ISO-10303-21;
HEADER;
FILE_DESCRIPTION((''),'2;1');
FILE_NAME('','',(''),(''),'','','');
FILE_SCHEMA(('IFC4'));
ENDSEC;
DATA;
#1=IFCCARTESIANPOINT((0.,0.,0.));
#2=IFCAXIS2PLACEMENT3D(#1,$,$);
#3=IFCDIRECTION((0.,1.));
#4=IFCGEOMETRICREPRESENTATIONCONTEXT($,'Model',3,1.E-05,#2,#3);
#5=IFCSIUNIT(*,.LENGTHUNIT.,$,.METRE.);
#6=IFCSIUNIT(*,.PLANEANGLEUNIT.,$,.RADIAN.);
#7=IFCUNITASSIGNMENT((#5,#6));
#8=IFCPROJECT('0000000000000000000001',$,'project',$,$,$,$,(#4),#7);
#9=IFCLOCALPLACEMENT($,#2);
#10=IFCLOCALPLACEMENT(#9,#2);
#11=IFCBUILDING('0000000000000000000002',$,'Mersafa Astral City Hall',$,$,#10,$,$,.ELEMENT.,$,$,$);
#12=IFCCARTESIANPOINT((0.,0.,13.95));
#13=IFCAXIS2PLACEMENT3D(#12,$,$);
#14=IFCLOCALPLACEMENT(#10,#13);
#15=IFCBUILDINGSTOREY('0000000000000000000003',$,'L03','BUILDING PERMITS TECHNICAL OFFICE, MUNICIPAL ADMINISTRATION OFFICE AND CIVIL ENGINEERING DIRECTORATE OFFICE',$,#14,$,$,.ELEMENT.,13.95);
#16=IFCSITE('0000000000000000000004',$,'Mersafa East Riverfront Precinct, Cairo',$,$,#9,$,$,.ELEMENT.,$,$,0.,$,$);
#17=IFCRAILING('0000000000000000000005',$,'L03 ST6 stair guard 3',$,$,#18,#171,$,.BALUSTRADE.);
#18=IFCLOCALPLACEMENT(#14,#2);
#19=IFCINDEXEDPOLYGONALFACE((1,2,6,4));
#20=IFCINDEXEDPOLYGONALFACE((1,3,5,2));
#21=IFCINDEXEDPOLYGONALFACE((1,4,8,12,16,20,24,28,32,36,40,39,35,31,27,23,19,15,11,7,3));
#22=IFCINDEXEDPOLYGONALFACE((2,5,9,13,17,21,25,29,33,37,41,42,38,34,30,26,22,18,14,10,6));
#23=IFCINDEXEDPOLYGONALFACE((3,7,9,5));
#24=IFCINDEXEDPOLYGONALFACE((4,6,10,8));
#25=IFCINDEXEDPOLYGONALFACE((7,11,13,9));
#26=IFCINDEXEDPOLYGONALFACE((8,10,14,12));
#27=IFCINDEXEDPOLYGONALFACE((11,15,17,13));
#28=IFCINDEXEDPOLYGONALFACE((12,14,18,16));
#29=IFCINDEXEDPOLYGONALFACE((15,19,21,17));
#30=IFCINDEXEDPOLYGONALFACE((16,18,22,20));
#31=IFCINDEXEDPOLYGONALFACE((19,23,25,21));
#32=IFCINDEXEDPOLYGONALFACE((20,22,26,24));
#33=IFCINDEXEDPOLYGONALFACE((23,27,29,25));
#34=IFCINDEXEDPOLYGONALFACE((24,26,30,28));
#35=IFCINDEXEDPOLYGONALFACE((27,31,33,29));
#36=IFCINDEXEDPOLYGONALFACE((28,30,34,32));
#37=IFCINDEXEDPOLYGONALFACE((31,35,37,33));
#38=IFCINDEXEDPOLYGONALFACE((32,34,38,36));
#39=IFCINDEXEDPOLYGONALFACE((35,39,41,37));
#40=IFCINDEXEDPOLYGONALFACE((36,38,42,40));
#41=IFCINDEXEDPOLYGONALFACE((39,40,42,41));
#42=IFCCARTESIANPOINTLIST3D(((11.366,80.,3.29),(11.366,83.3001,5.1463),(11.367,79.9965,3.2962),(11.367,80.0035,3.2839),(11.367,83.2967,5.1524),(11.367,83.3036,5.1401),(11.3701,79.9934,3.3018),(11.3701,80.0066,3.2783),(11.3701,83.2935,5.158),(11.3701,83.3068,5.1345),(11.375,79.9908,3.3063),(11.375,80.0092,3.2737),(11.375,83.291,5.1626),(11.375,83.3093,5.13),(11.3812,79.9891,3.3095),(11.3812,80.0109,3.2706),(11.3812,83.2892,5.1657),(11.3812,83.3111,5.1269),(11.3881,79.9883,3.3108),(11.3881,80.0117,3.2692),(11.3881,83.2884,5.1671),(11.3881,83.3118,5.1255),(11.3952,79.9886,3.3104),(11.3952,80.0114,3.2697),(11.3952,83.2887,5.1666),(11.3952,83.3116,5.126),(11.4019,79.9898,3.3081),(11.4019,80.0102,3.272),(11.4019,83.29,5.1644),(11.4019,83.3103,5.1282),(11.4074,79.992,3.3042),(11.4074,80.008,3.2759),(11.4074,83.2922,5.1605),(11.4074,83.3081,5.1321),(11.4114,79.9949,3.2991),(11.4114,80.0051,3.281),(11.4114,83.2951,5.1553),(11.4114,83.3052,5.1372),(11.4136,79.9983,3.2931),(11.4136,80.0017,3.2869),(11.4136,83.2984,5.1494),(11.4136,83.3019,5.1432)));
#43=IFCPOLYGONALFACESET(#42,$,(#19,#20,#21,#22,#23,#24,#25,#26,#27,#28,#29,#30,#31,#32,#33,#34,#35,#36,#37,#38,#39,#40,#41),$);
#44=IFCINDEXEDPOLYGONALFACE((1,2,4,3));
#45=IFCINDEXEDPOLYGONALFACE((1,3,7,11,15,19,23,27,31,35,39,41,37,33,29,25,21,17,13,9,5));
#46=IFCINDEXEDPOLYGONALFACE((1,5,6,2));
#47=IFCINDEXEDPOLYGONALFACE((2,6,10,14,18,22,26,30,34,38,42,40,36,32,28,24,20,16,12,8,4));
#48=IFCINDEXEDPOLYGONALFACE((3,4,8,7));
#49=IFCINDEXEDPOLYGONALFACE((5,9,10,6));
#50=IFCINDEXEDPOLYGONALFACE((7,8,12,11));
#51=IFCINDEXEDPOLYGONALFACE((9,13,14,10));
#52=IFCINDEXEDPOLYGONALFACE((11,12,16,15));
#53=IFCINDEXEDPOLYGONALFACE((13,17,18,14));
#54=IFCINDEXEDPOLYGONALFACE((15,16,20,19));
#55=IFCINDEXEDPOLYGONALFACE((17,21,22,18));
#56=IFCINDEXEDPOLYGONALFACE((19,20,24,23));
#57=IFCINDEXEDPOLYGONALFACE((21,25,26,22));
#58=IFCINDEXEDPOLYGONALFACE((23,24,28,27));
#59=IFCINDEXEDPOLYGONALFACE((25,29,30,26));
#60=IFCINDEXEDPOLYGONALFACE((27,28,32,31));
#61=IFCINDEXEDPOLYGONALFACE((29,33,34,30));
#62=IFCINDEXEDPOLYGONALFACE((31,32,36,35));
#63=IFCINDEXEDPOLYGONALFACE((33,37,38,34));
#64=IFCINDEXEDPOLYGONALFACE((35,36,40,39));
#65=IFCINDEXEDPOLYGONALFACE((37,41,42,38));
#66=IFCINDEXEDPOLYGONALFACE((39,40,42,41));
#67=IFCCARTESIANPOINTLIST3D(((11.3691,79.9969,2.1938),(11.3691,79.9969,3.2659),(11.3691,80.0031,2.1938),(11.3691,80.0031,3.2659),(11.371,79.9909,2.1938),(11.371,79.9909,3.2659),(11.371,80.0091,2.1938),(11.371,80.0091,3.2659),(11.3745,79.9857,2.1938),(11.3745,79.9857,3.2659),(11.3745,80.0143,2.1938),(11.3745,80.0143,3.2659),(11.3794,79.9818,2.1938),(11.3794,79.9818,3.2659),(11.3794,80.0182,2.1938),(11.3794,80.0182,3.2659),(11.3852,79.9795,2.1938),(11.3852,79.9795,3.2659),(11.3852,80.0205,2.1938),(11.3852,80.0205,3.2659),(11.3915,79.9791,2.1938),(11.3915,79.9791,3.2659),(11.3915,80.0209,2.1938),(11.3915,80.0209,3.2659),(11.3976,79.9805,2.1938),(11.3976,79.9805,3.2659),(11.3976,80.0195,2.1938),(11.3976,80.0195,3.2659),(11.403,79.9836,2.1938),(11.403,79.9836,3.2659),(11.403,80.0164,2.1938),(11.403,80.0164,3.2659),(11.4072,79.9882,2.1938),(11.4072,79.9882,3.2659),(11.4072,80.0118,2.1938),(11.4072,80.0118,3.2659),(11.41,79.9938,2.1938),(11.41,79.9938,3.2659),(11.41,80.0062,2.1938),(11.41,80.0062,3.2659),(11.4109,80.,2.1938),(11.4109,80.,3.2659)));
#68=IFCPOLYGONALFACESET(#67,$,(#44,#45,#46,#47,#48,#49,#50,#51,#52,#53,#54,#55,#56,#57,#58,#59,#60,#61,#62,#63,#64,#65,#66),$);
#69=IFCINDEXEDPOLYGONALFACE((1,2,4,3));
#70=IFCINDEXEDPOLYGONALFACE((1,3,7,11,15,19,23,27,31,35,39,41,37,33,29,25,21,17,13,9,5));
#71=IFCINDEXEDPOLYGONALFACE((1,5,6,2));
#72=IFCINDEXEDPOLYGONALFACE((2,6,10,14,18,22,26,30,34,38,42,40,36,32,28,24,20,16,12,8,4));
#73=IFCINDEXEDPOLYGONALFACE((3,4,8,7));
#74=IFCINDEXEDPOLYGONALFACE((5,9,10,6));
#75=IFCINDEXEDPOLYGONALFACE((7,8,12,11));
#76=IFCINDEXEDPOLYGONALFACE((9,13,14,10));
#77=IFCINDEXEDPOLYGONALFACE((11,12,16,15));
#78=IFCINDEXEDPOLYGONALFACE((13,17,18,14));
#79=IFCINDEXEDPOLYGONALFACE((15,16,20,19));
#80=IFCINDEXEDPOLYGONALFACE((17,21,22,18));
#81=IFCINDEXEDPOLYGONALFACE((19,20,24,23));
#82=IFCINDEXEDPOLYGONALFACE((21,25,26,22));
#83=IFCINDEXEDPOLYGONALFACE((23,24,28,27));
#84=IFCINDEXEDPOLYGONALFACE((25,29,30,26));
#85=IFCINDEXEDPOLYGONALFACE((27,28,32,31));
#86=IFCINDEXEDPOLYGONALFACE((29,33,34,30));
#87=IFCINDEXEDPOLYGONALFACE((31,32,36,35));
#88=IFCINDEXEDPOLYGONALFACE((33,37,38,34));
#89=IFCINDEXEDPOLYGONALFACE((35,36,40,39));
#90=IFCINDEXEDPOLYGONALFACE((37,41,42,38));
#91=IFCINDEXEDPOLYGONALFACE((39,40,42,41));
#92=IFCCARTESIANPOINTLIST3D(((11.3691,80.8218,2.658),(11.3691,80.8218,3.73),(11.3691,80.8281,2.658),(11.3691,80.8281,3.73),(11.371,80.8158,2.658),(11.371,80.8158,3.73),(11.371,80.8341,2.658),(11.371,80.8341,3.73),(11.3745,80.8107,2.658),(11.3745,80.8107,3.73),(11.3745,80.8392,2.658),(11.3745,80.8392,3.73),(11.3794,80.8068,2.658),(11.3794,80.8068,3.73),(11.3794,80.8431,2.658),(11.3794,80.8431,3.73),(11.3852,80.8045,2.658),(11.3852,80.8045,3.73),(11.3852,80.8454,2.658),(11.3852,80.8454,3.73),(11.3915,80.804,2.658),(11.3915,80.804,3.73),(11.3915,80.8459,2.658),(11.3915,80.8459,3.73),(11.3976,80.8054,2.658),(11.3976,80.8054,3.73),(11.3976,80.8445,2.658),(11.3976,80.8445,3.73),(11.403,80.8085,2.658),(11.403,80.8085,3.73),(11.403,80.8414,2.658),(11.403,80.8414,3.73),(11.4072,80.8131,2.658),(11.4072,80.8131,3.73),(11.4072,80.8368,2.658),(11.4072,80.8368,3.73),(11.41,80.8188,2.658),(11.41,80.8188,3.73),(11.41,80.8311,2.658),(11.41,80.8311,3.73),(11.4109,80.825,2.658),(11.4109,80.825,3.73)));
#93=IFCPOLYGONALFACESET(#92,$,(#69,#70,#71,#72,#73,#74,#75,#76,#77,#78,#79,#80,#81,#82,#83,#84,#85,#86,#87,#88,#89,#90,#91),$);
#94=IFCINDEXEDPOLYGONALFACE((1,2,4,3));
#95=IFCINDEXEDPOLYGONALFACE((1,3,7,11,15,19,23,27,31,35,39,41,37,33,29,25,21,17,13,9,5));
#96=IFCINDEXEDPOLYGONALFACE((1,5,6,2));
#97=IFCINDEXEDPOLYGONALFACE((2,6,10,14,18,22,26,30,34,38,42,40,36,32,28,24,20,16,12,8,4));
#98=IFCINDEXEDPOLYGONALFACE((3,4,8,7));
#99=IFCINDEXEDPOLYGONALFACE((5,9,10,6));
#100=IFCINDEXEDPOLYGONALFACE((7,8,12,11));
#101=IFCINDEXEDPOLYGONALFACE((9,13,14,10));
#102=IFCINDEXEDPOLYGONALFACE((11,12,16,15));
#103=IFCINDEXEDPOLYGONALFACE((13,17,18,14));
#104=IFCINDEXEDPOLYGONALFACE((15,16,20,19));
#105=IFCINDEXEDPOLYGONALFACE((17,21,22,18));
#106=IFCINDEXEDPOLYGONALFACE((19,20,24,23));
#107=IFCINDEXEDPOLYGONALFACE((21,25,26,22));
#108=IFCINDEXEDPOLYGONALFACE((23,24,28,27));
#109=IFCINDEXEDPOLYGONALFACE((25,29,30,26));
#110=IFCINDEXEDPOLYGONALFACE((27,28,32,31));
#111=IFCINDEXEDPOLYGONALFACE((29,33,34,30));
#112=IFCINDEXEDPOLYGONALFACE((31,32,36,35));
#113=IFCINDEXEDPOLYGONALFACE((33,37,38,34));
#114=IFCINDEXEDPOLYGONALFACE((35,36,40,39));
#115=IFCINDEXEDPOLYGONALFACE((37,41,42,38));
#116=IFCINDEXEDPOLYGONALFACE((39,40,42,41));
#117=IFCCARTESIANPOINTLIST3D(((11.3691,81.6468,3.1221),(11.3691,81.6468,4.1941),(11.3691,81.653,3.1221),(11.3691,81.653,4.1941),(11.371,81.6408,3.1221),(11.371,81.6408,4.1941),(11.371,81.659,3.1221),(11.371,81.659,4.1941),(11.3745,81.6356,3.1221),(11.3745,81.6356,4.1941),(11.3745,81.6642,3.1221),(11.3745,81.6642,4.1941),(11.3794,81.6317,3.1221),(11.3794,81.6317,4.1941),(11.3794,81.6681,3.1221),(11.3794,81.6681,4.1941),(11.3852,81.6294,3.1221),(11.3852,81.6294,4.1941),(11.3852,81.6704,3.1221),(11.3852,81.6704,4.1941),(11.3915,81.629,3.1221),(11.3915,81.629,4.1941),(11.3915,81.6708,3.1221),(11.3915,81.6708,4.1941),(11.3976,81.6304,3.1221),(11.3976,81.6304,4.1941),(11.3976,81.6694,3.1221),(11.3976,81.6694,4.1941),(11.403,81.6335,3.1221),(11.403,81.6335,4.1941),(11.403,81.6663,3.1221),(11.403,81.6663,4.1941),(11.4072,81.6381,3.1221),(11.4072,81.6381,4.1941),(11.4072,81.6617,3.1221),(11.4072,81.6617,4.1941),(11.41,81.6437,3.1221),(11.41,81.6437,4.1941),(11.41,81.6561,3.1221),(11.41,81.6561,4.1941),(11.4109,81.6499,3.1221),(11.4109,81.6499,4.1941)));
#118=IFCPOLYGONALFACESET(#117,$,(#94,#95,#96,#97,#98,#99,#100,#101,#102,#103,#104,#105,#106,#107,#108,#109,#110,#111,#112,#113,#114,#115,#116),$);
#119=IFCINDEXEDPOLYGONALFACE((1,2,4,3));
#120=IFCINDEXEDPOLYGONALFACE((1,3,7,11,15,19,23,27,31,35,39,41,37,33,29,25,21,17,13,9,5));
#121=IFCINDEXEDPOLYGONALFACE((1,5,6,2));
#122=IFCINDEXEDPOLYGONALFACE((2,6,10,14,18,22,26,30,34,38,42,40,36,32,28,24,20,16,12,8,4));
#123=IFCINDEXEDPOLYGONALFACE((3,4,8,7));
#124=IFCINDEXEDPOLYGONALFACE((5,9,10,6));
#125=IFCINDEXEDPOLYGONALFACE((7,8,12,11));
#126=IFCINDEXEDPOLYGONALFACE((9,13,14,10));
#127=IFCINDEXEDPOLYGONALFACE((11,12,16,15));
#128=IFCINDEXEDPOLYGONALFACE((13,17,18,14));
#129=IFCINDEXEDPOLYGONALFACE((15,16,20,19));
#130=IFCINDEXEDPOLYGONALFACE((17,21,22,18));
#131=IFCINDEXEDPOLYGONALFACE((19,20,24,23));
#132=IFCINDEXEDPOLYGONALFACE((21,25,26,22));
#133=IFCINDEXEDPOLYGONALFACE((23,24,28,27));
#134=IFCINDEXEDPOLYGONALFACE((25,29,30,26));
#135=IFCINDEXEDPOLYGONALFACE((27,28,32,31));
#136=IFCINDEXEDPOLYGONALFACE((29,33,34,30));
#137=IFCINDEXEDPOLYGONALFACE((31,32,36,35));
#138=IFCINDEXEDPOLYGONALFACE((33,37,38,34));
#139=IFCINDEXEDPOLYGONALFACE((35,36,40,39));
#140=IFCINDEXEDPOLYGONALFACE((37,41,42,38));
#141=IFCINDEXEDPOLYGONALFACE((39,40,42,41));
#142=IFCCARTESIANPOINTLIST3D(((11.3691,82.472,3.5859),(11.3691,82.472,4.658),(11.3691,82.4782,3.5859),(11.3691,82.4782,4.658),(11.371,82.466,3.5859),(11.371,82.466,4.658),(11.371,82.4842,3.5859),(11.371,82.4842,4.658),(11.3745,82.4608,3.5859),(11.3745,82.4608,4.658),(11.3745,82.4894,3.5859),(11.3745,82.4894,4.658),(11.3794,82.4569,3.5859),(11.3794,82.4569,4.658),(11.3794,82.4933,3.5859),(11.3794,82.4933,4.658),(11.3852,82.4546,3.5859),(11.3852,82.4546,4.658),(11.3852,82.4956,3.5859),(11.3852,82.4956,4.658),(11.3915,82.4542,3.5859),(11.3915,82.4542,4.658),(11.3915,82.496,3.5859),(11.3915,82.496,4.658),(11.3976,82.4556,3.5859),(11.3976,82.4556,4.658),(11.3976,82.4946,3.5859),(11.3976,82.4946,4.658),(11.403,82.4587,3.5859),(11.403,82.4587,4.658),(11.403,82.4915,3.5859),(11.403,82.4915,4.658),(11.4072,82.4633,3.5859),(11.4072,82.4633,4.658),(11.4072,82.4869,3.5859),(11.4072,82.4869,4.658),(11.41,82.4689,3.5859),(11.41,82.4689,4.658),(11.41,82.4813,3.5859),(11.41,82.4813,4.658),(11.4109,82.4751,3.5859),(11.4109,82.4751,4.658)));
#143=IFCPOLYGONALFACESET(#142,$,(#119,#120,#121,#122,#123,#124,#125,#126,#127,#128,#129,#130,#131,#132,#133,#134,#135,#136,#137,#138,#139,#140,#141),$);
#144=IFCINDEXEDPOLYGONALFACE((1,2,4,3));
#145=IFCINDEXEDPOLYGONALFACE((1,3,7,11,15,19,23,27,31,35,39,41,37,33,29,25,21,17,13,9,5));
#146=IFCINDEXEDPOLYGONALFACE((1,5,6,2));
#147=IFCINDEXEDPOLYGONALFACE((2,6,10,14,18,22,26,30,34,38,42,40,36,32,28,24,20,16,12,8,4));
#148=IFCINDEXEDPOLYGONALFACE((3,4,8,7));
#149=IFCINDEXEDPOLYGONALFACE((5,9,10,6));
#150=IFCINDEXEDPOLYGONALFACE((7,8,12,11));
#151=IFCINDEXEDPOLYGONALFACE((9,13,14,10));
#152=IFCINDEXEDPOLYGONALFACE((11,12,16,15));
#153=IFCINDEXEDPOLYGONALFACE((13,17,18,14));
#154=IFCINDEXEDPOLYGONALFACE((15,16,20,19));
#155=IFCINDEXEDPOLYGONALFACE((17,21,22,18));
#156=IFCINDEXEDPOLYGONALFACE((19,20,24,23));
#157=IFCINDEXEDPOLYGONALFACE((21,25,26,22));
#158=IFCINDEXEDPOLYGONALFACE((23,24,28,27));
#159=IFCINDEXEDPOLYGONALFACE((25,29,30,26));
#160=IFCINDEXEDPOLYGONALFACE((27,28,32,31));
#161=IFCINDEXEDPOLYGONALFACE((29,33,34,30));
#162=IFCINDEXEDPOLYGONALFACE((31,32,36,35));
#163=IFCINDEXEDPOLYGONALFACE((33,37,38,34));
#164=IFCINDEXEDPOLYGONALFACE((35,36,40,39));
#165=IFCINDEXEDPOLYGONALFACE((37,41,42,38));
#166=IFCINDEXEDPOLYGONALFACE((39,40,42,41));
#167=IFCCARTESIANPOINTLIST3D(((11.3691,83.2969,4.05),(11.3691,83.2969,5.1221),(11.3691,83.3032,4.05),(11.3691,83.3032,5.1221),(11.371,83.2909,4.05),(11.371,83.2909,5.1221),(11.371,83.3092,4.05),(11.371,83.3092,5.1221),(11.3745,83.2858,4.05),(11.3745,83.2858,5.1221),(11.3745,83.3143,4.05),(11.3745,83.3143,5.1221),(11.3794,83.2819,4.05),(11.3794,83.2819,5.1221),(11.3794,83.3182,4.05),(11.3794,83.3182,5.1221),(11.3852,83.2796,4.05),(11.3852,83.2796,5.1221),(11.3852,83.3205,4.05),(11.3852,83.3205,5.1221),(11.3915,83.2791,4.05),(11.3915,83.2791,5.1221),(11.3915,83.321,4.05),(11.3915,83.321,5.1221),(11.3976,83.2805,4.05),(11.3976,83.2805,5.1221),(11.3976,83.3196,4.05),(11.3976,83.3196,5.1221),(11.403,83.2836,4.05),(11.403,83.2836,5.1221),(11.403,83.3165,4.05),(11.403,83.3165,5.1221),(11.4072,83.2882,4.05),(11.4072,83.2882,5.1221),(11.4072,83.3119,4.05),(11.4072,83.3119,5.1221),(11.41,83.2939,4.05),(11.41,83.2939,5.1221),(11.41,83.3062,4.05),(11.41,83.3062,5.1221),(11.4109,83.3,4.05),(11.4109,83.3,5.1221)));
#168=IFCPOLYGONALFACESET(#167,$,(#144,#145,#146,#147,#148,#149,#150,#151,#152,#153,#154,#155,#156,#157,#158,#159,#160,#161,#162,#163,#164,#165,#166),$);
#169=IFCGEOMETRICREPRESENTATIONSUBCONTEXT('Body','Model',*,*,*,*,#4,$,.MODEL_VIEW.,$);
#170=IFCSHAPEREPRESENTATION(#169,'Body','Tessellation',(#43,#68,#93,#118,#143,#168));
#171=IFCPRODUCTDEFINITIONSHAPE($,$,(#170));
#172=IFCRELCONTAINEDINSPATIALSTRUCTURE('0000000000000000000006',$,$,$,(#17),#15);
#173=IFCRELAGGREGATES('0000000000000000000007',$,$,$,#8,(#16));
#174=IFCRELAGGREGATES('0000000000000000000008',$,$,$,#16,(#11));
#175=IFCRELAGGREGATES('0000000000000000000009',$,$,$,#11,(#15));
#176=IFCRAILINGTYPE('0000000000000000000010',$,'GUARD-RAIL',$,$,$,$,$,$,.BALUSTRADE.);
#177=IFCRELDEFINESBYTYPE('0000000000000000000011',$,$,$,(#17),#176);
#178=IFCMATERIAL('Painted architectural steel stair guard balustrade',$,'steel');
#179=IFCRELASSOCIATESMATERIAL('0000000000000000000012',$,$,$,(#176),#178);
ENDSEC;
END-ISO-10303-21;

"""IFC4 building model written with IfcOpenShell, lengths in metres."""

from ifc_helpers import new_model, si_unit, direction, frame, origin, origin_2d, place, context, subcontext, project, spatial, circle, extrude, material, type_object, element, save


model = new_model("IFC4")

# Units and contexts
model_context = context("Model", 3, precision=1e-05, world=origin(), true_north=direction((0.0, 1.0)))
body_context = subcontext(model_context, "Body", "Model", "MODEL_VIEW")
ifc_project = project(units=[si_unit("LENGTHUNIT", "METRE"), si_unit("PLANEANGLEUNIT", "RADIAN")], contexts=[model_context])

# Site, building, storey
site_placement = place(None, origin())
site = spatial("IfcSite", under=ifc_project, at=site_placement, Name="Mersafa East Riverfront Precinct, Cairo", CompositionType="ELEMENT", RefElevation=0.0)
building_placement = place(site_placement, origin())
building = spatial("IfcBuilding", under=site, at=building_placement, Name="Mersafa Astral City Hall", CompositionType="ELEMENT")
storey_placement = place(building_placement, frame((0.0, 0.0, 13.95)))
storey = spatial("IfcBuildingStorey", under=building, at=storey_placement, Name="L03", Description="BUILDING PERMITS TECHNICAL OFFICE, MUNICIPAL ADMINISTRATION OFFICE AND CIVIL ENGINEERING DIRECTORATE OFFICE", CompositionType="ELEMENT", Elevation=13.95)

# Railing
ifc_material_1 = material(Name="Painted architectural steel stair guard balustrade", Category="steel")
railing_type_1 = type_object("IfcRailingType", Name="GUARD-RAIL", PredefinedType="BALUSTRADE", material=ifc_material_1)
railing_1_placement = place(storey_placement, frame((11.3899, 80.0, 2.1938)))
element("IfcRailing", 1, at=railing_1_placement, inside=storey, type_object=railing_type_1, Name="L03 ST6 stair guard 3", PredefinedType="BALUSTRADE", context=body_context, shape_type="SweptSolid", body=[
    extrude(circle(Radius=0.0239, at=origin_2d()), frame((0.0, 0.0, 1.0962), z_axis=(0.0, 0.871584, 0.490246), x_axis=(-1.0, 0.0, 0.0)), (0.0, 0.0, 1.0), 3.7864),
    extrude(circle(Radius=0.021, at=origin_2d()), origin(), (0.0, 0.0, 1.0), 1.072),
    extrude(circle(Radius=0.021, at=origin_2d()), frame((0.0, 0.825, 0.4641)), (0.0, 0.0, 1.0), 1.072),
    extrude(circle(Radius=0.021, at=origin_2d()), frame((0.0, 1.6499, 0.9282)), (0.0, 0.0, 1.0), 1.072),
    extrude(circle(Radius=0.021, at=origin_2d()), frame((0.0, 2.4751, 1.3921)), (0.0, 0.0, 1.0), 1.072),
    extrude(circle(Radius=0.021, at=origin_2d()), frame((0.0, 3.3, 1.8562)), (0.0, 0.0, 1.0), 1.072),
])

save(model, "model.ifc")
